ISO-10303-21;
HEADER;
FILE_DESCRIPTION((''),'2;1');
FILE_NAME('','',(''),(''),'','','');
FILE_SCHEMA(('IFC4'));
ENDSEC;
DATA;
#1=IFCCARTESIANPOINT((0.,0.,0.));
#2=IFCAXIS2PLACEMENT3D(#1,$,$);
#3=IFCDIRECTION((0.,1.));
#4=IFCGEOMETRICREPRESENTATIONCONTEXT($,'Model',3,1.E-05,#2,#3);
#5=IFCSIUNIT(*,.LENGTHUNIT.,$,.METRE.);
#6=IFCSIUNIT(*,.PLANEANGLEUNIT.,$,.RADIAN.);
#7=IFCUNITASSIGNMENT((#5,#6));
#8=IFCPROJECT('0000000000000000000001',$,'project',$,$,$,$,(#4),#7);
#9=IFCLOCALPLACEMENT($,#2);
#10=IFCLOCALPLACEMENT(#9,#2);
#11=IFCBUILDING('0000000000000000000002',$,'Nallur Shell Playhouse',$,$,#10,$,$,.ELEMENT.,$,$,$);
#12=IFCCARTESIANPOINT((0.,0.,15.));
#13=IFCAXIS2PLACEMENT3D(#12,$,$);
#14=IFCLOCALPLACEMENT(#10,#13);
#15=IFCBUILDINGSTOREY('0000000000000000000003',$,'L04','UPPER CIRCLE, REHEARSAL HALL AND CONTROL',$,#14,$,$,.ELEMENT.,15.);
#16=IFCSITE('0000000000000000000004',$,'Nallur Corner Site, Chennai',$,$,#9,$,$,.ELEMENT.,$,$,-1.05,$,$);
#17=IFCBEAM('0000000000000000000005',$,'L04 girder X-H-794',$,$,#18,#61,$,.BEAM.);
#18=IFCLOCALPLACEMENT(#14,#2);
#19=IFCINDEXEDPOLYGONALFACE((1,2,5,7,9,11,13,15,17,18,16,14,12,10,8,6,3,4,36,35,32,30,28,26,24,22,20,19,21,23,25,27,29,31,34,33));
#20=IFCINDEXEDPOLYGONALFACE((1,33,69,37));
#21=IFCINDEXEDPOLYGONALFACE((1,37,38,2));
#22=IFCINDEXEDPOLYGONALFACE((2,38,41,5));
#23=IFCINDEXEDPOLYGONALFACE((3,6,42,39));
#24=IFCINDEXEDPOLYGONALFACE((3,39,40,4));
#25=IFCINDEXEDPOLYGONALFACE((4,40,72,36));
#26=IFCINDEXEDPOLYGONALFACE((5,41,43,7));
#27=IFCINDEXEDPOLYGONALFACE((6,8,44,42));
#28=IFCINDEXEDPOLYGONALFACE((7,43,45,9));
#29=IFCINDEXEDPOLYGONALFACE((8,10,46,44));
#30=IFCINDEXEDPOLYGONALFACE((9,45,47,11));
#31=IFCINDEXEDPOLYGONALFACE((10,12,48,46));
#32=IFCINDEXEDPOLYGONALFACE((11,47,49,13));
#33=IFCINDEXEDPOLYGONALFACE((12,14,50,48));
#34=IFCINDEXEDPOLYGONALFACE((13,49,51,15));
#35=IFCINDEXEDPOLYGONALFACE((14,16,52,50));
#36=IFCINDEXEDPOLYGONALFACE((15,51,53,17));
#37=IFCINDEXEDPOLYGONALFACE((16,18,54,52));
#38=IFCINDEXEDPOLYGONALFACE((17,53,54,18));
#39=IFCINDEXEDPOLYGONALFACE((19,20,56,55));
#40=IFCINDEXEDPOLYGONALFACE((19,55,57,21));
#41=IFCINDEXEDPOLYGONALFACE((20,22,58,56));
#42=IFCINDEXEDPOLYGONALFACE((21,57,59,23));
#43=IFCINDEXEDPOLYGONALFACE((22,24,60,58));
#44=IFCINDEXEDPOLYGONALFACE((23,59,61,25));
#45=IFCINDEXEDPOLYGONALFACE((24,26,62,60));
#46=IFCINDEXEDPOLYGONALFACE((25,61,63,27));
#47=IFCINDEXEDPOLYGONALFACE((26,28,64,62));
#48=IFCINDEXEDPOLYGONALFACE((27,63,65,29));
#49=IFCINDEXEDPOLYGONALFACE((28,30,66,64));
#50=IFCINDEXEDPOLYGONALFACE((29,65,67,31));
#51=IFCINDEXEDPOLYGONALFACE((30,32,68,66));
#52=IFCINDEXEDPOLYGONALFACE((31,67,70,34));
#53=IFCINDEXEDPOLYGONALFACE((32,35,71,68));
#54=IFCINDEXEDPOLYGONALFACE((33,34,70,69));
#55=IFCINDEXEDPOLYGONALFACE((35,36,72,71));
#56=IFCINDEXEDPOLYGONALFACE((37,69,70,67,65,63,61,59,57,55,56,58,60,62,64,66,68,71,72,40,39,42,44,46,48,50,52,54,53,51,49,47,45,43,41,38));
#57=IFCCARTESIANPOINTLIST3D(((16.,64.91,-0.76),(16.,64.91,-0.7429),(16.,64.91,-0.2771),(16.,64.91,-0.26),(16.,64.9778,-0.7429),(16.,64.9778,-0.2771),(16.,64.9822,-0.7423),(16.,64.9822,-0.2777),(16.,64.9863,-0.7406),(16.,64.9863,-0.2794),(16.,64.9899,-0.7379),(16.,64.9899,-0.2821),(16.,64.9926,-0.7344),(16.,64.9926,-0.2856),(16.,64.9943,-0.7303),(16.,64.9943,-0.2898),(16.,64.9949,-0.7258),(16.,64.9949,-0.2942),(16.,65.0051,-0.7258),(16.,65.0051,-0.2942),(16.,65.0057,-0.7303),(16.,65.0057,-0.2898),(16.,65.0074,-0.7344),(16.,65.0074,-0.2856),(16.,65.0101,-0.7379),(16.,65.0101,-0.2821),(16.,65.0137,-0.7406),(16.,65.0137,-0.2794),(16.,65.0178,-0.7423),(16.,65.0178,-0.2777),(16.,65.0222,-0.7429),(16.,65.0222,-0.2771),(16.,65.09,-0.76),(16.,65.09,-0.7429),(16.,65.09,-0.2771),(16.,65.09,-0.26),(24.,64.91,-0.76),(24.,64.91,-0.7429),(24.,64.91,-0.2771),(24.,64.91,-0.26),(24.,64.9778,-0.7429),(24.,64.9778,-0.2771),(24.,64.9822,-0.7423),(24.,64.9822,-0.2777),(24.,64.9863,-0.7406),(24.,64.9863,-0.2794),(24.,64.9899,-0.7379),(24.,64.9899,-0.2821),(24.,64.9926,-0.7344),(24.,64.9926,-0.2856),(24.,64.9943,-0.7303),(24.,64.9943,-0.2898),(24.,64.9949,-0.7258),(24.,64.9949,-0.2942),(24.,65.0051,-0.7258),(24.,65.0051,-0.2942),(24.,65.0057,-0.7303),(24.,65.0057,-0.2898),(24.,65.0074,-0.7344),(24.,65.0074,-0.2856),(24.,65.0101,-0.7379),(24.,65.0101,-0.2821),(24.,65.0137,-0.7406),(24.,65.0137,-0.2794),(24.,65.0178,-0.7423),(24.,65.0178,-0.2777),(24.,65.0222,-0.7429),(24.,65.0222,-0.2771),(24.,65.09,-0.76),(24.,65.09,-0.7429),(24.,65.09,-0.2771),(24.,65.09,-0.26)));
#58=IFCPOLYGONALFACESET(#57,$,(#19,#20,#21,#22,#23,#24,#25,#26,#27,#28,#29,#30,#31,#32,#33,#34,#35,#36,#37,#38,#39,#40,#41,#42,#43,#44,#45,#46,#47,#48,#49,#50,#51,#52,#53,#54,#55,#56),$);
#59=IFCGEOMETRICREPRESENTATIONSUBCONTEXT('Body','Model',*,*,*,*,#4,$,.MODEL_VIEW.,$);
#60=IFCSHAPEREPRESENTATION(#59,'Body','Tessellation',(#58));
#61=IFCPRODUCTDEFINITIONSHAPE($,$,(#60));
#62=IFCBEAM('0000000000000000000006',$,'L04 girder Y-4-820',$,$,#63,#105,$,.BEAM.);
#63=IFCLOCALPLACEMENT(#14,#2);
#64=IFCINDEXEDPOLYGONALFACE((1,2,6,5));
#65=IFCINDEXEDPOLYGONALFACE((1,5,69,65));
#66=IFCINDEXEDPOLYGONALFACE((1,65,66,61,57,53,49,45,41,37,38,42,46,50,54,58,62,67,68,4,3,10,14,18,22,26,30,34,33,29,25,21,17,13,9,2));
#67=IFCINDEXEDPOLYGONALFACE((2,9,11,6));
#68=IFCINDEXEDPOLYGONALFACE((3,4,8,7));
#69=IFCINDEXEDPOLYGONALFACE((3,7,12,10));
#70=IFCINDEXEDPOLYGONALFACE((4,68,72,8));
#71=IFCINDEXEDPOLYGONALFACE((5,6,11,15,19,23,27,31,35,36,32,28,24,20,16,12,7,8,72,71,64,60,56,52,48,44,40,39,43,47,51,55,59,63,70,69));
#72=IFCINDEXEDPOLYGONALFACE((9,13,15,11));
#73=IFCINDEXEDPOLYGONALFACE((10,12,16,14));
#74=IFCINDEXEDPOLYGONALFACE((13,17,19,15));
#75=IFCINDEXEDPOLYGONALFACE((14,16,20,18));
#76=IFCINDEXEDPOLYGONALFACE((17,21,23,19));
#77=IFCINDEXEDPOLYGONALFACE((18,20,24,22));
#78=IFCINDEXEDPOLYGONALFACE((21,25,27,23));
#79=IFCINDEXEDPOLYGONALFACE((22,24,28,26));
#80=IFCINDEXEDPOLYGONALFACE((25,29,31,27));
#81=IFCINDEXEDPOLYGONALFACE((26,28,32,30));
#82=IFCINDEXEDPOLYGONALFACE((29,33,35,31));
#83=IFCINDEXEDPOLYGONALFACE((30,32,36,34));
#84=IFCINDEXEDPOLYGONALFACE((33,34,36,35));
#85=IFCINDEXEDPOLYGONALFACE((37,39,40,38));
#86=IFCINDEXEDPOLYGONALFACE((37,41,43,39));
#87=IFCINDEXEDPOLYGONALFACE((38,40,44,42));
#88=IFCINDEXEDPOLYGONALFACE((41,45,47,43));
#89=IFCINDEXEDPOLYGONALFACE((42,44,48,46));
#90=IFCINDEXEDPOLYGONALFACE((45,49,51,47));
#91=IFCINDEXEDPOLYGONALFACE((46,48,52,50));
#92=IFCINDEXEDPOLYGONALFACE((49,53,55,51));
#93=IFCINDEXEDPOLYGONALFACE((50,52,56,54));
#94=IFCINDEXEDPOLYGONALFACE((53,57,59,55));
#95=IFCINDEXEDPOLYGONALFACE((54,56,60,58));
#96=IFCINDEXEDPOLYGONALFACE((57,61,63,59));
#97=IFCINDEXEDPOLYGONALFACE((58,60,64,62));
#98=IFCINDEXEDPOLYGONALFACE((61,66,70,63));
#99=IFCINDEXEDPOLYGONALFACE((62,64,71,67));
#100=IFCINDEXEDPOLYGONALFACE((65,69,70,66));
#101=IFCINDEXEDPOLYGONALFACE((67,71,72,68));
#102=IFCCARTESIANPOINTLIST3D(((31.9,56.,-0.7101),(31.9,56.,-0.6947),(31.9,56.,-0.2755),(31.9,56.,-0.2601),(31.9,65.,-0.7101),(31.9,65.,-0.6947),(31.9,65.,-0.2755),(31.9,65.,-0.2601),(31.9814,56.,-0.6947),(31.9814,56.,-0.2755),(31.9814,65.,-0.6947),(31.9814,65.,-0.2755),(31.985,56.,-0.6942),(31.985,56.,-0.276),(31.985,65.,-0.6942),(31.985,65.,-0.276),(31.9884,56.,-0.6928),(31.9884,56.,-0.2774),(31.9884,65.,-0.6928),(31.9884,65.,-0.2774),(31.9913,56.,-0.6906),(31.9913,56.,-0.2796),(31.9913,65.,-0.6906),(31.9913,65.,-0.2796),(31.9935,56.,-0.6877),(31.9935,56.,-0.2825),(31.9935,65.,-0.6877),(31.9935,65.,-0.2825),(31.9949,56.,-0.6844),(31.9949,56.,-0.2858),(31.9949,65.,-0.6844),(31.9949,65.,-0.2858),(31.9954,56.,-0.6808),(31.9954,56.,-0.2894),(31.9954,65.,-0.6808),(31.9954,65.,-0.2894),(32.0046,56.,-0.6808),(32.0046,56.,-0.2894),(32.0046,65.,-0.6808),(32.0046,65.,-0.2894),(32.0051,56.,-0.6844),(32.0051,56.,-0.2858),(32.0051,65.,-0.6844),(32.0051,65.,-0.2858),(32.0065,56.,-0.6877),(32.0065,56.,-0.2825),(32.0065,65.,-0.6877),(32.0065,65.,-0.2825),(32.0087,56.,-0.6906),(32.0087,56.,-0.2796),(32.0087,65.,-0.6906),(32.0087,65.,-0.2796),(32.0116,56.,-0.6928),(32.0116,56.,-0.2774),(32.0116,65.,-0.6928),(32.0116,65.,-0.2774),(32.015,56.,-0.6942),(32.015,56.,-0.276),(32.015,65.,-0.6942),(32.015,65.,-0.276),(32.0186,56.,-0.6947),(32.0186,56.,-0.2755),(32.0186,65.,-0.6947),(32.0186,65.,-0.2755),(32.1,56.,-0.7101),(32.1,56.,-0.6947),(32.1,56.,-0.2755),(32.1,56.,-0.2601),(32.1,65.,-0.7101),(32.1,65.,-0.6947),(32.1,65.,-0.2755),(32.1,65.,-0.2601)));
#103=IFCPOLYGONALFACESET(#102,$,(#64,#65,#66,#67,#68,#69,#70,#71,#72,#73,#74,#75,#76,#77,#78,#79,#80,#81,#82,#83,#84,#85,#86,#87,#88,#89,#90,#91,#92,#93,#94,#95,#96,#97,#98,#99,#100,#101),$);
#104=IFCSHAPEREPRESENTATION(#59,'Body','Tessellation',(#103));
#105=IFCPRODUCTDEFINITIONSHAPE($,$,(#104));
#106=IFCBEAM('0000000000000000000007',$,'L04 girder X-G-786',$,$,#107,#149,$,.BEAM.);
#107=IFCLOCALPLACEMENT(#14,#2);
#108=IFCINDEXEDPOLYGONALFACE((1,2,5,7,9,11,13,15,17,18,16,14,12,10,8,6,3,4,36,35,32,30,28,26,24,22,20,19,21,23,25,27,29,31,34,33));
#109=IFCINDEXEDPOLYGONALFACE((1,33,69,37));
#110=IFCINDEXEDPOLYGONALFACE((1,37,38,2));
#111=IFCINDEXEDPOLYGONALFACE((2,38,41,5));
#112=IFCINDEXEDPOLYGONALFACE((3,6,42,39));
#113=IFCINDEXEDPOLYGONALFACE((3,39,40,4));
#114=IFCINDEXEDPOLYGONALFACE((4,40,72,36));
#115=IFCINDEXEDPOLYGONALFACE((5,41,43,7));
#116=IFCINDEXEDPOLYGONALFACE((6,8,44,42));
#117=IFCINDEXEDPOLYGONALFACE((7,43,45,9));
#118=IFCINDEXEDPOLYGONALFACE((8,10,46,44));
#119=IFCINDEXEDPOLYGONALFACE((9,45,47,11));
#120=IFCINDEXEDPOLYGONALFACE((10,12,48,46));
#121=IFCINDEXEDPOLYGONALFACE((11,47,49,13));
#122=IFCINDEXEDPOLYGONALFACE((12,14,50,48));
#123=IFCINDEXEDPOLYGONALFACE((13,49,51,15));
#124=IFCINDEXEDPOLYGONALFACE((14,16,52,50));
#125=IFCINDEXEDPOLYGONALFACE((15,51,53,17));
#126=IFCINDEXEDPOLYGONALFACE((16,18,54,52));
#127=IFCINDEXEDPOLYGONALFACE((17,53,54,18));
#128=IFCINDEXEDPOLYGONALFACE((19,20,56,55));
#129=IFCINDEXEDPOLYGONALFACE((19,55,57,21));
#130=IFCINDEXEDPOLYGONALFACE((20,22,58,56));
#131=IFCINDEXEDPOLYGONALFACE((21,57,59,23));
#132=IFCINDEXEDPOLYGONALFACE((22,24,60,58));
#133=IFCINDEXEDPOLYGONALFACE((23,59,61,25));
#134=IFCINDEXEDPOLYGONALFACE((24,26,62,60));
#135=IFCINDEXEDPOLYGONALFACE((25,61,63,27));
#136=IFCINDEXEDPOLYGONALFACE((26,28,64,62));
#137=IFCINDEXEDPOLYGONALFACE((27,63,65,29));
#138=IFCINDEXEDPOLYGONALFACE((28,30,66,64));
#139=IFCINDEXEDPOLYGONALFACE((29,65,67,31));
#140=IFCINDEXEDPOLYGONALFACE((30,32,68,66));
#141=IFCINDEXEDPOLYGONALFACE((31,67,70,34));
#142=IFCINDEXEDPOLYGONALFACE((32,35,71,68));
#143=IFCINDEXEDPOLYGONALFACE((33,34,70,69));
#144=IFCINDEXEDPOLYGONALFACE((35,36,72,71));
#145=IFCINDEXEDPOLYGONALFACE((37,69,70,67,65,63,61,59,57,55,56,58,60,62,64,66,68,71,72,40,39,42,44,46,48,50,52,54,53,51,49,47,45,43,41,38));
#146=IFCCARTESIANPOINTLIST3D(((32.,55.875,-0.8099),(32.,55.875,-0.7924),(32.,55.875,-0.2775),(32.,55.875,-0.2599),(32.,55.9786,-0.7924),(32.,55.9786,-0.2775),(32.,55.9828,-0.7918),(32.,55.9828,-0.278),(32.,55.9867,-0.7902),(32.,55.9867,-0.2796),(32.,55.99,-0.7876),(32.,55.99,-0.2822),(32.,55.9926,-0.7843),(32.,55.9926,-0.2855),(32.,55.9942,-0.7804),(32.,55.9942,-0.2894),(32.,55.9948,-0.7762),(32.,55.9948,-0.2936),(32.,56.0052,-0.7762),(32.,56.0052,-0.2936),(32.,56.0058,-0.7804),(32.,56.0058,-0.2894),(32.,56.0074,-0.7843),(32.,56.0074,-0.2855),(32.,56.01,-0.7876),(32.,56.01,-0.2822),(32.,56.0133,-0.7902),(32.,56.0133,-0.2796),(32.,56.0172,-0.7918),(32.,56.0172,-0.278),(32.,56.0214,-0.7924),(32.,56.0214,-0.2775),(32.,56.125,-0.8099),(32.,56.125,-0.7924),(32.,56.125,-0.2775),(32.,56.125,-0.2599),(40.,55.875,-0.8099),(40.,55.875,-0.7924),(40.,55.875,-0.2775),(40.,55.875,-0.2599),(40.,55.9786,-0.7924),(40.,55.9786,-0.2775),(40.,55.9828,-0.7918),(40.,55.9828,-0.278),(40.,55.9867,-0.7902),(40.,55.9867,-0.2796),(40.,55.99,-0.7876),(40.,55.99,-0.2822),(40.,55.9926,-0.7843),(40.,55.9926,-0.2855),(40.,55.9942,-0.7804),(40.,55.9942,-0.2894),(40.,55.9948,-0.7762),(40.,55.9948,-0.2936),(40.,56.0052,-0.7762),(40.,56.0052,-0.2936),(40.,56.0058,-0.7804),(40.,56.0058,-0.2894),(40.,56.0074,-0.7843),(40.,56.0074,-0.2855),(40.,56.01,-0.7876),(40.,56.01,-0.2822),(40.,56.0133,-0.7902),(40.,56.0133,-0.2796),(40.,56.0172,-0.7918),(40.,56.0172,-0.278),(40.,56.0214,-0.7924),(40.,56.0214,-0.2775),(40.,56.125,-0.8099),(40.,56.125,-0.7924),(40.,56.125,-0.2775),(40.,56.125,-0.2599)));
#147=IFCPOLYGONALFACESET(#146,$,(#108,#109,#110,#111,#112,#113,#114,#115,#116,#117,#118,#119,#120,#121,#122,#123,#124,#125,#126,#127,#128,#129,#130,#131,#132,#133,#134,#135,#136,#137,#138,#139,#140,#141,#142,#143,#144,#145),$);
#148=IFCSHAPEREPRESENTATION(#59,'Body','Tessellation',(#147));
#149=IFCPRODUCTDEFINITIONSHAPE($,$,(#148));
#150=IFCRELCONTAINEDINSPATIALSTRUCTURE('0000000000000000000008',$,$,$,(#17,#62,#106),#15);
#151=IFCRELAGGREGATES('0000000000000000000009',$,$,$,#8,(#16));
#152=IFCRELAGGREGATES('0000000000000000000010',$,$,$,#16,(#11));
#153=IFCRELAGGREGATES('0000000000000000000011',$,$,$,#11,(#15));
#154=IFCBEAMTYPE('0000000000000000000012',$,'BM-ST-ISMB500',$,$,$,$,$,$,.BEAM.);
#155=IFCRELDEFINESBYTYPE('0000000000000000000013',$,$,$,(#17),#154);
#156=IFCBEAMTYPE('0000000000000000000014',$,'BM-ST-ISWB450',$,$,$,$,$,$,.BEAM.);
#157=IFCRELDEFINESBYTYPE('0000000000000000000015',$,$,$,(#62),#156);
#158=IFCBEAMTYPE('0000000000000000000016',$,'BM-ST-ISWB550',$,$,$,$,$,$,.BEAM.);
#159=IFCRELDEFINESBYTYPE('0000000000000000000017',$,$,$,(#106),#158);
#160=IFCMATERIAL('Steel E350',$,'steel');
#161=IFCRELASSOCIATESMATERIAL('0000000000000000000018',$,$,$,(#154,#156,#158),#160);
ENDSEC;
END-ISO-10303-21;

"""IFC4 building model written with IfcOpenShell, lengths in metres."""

from ifc_helpers import new_model, si_unit, direction, frame, origin, origin_2d, place, context, subcontext, project, spatial, i_section, extrude, material, material_profile, profile_set, type_object, element, save


model = new_model("IFC4")

# Units and contexts
model_context = context("Model", 3, precision=1e-05, world=origin(), true_north=direction((0.0, 1.0)))
body_context = subcontext(model_context, "Body", "Model", "MODEL_VIEW")
ifc_project = project(units=[si_unit("LENGTHUNIT", "METRE"), si_unit("PLANEANGLEUNIT", "RADIAN")], contexts=[model_context])

# Site, building, storey
site_placement = place(None, origin())
site = spatial("IfcSite", under=ifc_project, at=site_placement, Name="Nallur Corner Site, Chennai", CompositionType="ELEMENT", RefElevation=-1.05)
building_placement = place(site_placement, origin())
building = spatial("IfcBuilding", under=site, at=building_placement, Name="Nallur Shell Playhouse", CompositionType="ELEMENT")
storey_placement = place(building_placement, frame((0.0, 0.0, 15.0)))
storey = spatial("IfcBuildingStorey", under=building, at=storey_placement, Name="L04", Description="UPPER CIRCLE, REHEARSAL HALL AND CONTROL", CompositionType="ELEMENT", Elevation=15.0)

# Beams
ifc_material_1 = material(Name="Steel E350", Category="steel")
ifc_material_profile_1 = material_profile(ifc_material_1, i_section(OverallWidth=0.1799, OverallDepth=0.5, WebThickness=0.0103, FlangeThickness=0.0171, FilletRadius=0.0171, at=origin_2d()), Name="ISMB 500")
ifc_profile_set_1 = profile_set([ifc_material_profile_1], Name="Steel E350")
beam_type_1 = type_object("IfcBeamType", Name="BM-ST-ISMB500", PredefinedType="BEAM", material=ifc_profile_set_1)
beam_1_placement = place(storey_placement, frame((16.0, 65.0, -0.51), z_axis=(1.0, 0.0, 0.0), x_axis=(0.0, 1.0, 0.0)))
element("IfcBeam", 1, at=beam_1_placement, inside=storey, type_object=beam_type_1, Name="L04 girder X-H-794", PredefinedType="BEAM", context=body_context, shape_type="SweptSolid", body=[
    extrude(i_section(OverallWidth=0.1799, OverallDepth=0.5, WebThickness=0.0103, FlangeThickness=0.0171, FilletRadius=0.0171, at=origin_2d()), origin(), (0.0, 0.0, 1.0), 8.0),
])
ifc_material_profile_2 = material_profile(ifc_material_1, i_section(OverallWidth=0.2, OverallDepth=0.45, WebThickness=0.0093, FlangeThickness=0.0154, FilletRadius=0.0139, at=origin_2d()), Name="ISWB 450")
ifc_profile_set_2 = profile_set([ifc_material_profile_2], Name="Steel E350")
beam_type_2 = type_object("IfcBeamType", Name="BM-ST-ISWB450", PredefinedType="BEAM", material=ifc_profile_set_2)
beam_2_placement = place(storey_placement, frame((32.0, 56.0, -0.4851), z_axis=(0.0, 1.0, 0.0), x_axis=(-1.0, 0.0, 0.0)))
element("IfcBeam", 2, at=beam_2_placement, inside=storey, type_object=beam_type_2, Name="L04 girder Y-4-820", PredefinedType="BEAM", context=body_context, shape_type="SweptSolid", body=[
    extrude(i_section(OverallWidth=0.2, OverallDepth=0.45, WebThickness=0.0093, FlangeThickness=0.0154, FilletRadius=0.0139, at=origin_2d()), origin(), (0.0, 0.0, 1.0), 9.0),
])
ifc_material_profile_3 = material_profile(ifc_material_1, i_section(OverallWidth=0.25, OverallDepth=0.55, WebThickness=0.0105, FlangeThickness=0.0176, FilletRadius=0.0161, at=origin_2d()), Name="ISWB 550")
ifc_profile_set_3 = profile_set([ifc_material_profile_3], Name="Steel E350")
beam_type_3 = type_object("IfcBeamType", Name="BM-ST-ISWB550", PredefinedType="BEAM", material=ifc_profile_set_3)
beam_3_placement = place(storey_placement, frame((32.0, 56.0, -0.5349), z_axis=(1.0, 0.0, 0.0), x_axis=(0.0, 1.0, 0.0)))
element("IfcBeam", 3, at=beam_3_placement, inside=storey, type_object=beam_type_3, Name="L04 girder X-G-786", PredefinedType="BEAM", context=body_context, shape_type="SweptSolid", body=[
    extrude(i_section(OverallWidth=0.25, OverallDepth=0.55, WebThickness=0.0105, FlangeThickness=0.0176, FilletRadius=0.0161, at=origin_2d()), origin(), (0.0, 0.0, 1.0), 8.0),
])

save(model, "model.ifc")
